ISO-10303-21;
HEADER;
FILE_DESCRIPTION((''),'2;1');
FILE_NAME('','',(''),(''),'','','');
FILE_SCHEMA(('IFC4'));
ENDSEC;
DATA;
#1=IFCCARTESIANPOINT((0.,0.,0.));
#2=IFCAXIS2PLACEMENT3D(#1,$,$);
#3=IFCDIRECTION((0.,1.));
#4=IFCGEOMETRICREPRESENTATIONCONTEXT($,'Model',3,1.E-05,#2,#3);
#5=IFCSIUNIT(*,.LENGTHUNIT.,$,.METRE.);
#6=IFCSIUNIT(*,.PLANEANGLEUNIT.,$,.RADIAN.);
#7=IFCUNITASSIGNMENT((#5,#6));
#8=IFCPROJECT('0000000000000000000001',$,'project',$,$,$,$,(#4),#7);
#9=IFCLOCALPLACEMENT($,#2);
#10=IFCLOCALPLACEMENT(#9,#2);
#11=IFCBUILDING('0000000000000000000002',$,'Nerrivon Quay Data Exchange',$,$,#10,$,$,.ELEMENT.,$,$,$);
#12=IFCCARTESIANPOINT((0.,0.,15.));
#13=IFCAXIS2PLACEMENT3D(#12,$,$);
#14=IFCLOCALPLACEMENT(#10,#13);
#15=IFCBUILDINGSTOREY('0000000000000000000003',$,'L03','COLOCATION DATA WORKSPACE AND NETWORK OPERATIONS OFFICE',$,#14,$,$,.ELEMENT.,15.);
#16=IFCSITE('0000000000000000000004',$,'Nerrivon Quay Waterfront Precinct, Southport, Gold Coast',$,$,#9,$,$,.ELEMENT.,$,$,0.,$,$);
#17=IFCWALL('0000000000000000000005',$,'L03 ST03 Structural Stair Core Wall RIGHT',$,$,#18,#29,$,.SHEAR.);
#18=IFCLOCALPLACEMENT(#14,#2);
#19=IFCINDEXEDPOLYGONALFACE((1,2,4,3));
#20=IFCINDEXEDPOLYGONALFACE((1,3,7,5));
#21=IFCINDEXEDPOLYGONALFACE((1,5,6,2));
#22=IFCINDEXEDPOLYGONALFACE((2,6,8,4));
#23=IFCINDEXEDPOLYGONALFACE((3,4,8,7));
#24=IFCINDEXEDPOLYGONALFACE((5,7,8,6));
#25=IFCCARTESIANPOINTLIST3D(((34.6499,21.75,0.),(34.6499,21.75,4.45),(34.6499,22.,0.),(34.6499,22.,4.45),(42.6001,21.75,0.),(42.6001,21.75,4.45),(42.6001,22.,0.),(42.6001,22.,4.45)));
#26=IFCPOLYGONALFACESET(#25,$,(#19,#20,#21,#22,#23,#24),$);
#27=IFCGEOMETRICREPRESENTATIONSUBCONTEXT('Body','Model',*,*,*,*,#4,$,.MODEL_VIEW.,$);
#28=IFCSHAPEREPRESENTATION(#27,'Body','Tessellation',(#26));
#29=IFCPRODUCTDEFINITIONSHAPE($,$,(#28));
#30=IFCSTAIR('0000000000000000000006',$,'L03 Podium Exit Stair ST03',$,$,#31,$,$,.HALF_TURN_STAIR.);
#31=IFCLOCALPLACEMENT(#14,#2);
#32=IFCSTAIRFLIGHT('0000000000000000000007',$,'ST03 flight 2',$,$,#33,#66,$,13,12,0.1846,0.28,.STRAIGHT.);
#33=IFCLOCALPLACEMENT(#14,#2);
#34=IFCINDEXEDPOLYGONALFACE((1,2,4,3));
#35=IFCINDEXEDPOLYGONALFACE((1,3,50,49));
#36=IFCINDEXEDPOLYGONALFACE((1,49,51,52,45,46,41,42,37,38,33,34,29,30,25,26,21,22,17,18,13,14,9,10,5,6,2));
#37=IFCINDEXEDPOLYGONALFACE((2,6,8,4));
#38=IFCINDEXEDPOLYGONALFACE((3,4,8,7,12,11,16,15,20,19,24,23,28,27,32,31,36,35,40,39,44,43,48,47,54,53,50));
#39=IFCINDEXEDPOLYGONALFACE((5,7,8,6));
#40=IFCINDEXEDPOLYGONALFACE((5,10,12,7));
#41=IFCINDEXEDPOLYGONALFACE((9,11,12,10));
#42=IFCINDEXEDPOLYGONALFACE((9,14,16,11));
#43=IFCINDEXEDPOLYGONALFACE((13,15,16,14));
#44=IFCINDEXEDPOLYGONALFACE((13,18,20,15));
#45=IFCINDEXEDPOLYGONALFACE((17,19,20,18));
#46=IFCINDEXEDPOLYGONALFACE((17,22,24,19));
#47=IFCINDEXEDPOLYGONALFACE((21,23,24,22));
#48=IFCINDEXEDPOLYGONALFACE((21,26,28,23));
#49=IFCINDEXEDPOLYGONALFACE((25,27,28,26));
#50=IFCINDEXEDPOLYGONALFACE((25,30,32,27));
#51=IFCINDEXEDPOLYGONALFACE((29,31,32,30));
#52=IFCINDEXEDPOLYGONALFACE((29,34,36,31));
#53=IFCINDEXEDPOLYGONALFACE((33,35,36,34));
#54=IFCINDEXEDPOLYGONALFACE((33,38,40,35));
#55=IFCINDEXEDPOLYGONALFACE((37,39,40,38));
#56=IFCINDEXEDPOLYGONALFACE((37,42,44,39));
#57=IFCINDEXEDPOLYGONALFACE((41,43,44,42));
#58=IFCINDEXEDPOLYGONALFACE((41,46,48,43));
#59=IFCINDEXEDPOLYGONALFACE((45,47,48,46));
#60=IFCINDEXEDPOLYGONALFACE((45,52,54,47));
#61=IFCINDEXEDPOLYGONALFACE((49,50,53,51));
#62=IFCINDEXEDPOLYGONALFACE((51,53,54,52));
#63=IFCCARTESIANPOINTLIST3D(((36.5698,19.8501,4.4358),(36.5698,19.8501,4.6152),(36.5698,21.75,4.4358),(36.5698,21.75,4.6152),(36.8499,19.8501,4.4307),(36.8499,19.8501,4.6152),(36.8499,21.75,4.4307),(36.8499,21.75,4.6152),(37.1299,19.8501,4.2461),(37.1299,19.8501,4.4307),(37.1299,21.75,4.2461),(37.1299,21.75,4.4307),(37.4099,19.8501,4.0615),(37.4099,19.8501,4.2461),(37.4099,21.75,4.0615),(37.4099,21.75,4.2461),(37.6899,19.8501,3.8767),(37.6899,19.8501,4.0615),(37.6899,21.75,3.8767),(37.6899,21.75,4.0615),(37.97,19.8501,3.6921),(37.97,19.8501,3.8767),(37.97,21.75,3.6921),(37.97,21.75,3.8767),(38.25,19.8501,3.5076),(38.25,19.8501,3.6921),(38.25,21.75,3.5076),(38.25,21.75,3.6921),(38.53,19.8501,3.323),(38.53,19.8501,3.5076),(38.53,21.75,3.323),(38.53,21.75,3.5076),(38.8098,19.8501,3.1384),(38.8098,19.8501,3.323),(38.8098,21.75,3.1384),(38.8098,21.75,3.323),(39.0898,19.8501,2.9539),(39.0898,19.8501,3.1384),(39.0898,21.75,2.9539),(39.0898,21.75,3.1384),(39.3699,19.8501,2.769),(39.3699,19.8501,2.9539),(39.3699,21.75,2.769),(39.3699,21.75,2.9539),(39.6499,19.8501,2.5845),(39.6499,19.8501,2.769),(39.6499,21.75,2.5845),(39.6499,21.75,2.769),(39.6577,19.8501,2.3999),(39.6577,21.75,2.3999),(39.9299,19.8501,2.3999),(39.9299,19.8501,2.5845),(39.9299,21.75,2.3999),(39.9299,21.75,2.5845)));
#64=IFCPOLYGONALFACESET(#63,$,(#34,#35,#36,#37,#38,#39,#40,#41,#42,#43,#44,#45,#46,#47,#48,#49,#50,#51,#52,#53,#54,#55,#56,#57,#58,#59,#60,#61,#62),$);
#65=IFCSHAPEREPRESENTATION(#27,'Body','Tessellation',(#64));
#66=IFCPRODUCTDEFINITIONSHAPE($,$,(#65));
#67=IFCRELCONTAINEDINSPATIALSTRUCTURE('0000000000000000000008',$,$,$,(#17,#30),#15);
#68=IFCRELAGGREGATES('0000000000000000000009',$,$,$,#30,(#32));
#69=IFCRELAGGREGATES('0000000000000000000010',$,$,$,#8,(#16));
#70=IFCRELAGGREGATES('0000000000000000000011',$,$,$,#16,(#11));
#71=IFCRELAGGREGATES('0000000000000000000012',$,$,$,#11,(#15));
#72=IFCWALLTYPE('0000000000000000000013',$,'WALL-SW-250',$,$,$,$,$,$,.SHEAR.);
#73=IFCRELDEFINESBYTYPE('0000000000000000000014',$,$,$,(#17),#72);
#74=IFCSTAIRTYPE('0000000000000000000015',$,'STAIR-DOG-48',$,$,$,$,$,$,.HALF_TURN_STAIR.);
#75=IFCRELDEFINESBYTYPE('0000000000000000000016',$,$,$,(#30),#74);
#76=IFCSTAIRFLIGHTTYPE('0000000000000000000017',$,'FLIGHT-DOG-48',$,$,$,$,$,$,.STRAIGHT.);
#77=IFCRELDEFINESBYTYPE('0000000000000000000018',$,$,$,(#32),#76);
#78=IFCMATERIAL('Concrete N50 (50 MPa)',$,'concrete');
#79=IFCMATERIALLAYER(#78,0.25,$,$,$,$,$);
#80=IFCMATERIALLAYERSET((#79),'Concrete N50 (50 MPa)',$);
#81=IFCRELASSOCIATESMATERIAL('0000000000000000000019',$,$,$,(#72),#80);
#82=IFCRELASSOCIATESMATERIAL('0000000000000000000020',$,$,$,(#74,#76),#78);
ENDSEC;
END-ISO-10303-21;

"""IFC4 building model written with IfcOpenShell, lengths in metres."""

from ifc_helpers import new_model, si_unit, direction, frame, frame_2d, origin, place, context, subcontext, project, spatial, polyline, rectangle, outline, extrude, material, layer, layer_set, type_object, element, aggregate, save


model = new_model("IFC4")

# Units and contexts
model_context = context("Model", 3, precision=1e-05, world=origin(), true_north=direction((0.0, 1.0)))
body_context = subcontext(model_context, "Body", "Model", "MODEL_VIEW")
ifc_project = project(units=[si_unit("LENGTHUNIT", "METRE"), si_unit("PLANEANGLEUNIT", "RADIAN")], contexts=[model_context])

# Site, building, storey
site_placement = place(None, origin())
site = spatial("IfcSite", under=ifc_project, at=site_placement, Name="Nerrivon Quay Waterfront Precinct, Southport, Gold Coast", CompositionType="ELEMENT", RefElevation=0.0)
building_placement = place(site_placement, origin())
building = spatial("IfcBuilding", under=site, at=building_placement, Name="Nerrivon Quay Data Exchange", CompositionType="ELEMENT")
storey_placement = place(building_placement, frame((0.0, 0.0, 15.0)))
storey = spatial("IfcBuildingStorey", under=building, at=storey_placement, Name="L03", Description="COLOCATION DATA WORKSPACE AND NETWORK OPERATIONS OFFICE", CompositionType="ELEMENT", Elevation=15.0)

# Wall
ifc_material_1 = material(Name="Concrete N50 (50 MPa)", Category="concrete")
ifc_layer_1 = layer(ifc_material_1, 0.25)
ifc_layer_set_1 = layer_set([ifc_layer_1], Name="Concrete N50 (50 MPa)")
wall_type_1 = type_object("IfcWallType", Name="WALL-SW-250", PredefinedType="SHEAR", material=ifc_layer_set_1)
wall_1_placement = place(storey_placement, frame((34.6499, 21.875, 0.0), z_axis=(0.0, 0.0, 1.0), x_axis=(1.0, 0.0, 0.0)))
element("IfcWall", 1, at=wall_1_placement, inside=storey, type_object=wall_type_1, Name="L03 ST03 Structural Stair Core Wall RIGHT", PredefinedType="SHEAR", context=body_context, shape_type="SweptSolid", body=[
    extrude(rectangle(XDim=7.9502, YDim=0.25, at=frame_2d((3.9751, 0.0))), origin(), (0.0, 0.0, 1.0), 4.45),
])

# Stair, stair flight
stair_type = type_object("IfcStairType", Name="STAIR-DOG-48", PredefinedType="HALF_TURN_STAIR", material=ifc_material_1)
stair_placement = place(storey_placement, origin())
stair = element("IfcStair", 2, at=stair_placement, inside=storey, type_object=stair_type, Name="L03 Podium Exit Stair ST03", PredefinedType="HALF_TURN_STAIR")
stair_flight_type = type_object("IfcStairFlightType", Name="FLIGHT-DOG-48", PredefinedType="STRAIGHT", material=ifc_material_1)
stair_flight_placement = place(storey_placement, frame((39.9299, 20.8, 2.3999), z_axis=(0.0, 0.0, 1.0), x_axis=(-1.0, 0.0, 0.0)))
stair_flight = element("IfcStairFlight", 3, at=stair_flight_placement, type_object=stair_flight_type, Name="ST03 flight 2", NumberOfRisers=13, NumberOfTreads=12, PredefinedType="STRAIGHT", RiserHeight=0.1846, TreadLength=0.28, context=body_context, shape_type="SweptSolid", body=[
    extrude(outline(polyline([(0.0, 0.0), (0.0, 0.1846), (0.28, 0.1846), (0.28, 0.3691), (0.5601, 0.3691), (0.5601, 0.554), (0.8401, 0.554), (0.8401, 0.7385), (1.1201, 0.7385), (1.1201, 0.9231), (1.3999, 0.9231), (1.3999, 1.1077), (1.6799, 1.1077), (1.6799, 1.2922), (1.96, 1.2922), (1.96, 1.4768), (2.24, 1.4768), (2.24, 1.6616), (2.52, 1.6616), (2.52, 1.8462), (2.8, 1.8462), (2.8, 2.0308), (3.0801, 2.0308), (3.0801, 2.2153), (3.3601, 2.2153), (3.3601, 2.3999), (3.3601, 2.0359), (0.2722, 0.0), (0.0, 0.0)])), frame((0.0, 0.95, 0.0), z_axis=(0.0, -1.0, 0.0), x_axis=(1.0, 0.0, 0.0)), (0.0, 0.0, 1.0), 1.8999),
])
aggregate(stair, [stair_flight])

save(model, "model.ifc")
